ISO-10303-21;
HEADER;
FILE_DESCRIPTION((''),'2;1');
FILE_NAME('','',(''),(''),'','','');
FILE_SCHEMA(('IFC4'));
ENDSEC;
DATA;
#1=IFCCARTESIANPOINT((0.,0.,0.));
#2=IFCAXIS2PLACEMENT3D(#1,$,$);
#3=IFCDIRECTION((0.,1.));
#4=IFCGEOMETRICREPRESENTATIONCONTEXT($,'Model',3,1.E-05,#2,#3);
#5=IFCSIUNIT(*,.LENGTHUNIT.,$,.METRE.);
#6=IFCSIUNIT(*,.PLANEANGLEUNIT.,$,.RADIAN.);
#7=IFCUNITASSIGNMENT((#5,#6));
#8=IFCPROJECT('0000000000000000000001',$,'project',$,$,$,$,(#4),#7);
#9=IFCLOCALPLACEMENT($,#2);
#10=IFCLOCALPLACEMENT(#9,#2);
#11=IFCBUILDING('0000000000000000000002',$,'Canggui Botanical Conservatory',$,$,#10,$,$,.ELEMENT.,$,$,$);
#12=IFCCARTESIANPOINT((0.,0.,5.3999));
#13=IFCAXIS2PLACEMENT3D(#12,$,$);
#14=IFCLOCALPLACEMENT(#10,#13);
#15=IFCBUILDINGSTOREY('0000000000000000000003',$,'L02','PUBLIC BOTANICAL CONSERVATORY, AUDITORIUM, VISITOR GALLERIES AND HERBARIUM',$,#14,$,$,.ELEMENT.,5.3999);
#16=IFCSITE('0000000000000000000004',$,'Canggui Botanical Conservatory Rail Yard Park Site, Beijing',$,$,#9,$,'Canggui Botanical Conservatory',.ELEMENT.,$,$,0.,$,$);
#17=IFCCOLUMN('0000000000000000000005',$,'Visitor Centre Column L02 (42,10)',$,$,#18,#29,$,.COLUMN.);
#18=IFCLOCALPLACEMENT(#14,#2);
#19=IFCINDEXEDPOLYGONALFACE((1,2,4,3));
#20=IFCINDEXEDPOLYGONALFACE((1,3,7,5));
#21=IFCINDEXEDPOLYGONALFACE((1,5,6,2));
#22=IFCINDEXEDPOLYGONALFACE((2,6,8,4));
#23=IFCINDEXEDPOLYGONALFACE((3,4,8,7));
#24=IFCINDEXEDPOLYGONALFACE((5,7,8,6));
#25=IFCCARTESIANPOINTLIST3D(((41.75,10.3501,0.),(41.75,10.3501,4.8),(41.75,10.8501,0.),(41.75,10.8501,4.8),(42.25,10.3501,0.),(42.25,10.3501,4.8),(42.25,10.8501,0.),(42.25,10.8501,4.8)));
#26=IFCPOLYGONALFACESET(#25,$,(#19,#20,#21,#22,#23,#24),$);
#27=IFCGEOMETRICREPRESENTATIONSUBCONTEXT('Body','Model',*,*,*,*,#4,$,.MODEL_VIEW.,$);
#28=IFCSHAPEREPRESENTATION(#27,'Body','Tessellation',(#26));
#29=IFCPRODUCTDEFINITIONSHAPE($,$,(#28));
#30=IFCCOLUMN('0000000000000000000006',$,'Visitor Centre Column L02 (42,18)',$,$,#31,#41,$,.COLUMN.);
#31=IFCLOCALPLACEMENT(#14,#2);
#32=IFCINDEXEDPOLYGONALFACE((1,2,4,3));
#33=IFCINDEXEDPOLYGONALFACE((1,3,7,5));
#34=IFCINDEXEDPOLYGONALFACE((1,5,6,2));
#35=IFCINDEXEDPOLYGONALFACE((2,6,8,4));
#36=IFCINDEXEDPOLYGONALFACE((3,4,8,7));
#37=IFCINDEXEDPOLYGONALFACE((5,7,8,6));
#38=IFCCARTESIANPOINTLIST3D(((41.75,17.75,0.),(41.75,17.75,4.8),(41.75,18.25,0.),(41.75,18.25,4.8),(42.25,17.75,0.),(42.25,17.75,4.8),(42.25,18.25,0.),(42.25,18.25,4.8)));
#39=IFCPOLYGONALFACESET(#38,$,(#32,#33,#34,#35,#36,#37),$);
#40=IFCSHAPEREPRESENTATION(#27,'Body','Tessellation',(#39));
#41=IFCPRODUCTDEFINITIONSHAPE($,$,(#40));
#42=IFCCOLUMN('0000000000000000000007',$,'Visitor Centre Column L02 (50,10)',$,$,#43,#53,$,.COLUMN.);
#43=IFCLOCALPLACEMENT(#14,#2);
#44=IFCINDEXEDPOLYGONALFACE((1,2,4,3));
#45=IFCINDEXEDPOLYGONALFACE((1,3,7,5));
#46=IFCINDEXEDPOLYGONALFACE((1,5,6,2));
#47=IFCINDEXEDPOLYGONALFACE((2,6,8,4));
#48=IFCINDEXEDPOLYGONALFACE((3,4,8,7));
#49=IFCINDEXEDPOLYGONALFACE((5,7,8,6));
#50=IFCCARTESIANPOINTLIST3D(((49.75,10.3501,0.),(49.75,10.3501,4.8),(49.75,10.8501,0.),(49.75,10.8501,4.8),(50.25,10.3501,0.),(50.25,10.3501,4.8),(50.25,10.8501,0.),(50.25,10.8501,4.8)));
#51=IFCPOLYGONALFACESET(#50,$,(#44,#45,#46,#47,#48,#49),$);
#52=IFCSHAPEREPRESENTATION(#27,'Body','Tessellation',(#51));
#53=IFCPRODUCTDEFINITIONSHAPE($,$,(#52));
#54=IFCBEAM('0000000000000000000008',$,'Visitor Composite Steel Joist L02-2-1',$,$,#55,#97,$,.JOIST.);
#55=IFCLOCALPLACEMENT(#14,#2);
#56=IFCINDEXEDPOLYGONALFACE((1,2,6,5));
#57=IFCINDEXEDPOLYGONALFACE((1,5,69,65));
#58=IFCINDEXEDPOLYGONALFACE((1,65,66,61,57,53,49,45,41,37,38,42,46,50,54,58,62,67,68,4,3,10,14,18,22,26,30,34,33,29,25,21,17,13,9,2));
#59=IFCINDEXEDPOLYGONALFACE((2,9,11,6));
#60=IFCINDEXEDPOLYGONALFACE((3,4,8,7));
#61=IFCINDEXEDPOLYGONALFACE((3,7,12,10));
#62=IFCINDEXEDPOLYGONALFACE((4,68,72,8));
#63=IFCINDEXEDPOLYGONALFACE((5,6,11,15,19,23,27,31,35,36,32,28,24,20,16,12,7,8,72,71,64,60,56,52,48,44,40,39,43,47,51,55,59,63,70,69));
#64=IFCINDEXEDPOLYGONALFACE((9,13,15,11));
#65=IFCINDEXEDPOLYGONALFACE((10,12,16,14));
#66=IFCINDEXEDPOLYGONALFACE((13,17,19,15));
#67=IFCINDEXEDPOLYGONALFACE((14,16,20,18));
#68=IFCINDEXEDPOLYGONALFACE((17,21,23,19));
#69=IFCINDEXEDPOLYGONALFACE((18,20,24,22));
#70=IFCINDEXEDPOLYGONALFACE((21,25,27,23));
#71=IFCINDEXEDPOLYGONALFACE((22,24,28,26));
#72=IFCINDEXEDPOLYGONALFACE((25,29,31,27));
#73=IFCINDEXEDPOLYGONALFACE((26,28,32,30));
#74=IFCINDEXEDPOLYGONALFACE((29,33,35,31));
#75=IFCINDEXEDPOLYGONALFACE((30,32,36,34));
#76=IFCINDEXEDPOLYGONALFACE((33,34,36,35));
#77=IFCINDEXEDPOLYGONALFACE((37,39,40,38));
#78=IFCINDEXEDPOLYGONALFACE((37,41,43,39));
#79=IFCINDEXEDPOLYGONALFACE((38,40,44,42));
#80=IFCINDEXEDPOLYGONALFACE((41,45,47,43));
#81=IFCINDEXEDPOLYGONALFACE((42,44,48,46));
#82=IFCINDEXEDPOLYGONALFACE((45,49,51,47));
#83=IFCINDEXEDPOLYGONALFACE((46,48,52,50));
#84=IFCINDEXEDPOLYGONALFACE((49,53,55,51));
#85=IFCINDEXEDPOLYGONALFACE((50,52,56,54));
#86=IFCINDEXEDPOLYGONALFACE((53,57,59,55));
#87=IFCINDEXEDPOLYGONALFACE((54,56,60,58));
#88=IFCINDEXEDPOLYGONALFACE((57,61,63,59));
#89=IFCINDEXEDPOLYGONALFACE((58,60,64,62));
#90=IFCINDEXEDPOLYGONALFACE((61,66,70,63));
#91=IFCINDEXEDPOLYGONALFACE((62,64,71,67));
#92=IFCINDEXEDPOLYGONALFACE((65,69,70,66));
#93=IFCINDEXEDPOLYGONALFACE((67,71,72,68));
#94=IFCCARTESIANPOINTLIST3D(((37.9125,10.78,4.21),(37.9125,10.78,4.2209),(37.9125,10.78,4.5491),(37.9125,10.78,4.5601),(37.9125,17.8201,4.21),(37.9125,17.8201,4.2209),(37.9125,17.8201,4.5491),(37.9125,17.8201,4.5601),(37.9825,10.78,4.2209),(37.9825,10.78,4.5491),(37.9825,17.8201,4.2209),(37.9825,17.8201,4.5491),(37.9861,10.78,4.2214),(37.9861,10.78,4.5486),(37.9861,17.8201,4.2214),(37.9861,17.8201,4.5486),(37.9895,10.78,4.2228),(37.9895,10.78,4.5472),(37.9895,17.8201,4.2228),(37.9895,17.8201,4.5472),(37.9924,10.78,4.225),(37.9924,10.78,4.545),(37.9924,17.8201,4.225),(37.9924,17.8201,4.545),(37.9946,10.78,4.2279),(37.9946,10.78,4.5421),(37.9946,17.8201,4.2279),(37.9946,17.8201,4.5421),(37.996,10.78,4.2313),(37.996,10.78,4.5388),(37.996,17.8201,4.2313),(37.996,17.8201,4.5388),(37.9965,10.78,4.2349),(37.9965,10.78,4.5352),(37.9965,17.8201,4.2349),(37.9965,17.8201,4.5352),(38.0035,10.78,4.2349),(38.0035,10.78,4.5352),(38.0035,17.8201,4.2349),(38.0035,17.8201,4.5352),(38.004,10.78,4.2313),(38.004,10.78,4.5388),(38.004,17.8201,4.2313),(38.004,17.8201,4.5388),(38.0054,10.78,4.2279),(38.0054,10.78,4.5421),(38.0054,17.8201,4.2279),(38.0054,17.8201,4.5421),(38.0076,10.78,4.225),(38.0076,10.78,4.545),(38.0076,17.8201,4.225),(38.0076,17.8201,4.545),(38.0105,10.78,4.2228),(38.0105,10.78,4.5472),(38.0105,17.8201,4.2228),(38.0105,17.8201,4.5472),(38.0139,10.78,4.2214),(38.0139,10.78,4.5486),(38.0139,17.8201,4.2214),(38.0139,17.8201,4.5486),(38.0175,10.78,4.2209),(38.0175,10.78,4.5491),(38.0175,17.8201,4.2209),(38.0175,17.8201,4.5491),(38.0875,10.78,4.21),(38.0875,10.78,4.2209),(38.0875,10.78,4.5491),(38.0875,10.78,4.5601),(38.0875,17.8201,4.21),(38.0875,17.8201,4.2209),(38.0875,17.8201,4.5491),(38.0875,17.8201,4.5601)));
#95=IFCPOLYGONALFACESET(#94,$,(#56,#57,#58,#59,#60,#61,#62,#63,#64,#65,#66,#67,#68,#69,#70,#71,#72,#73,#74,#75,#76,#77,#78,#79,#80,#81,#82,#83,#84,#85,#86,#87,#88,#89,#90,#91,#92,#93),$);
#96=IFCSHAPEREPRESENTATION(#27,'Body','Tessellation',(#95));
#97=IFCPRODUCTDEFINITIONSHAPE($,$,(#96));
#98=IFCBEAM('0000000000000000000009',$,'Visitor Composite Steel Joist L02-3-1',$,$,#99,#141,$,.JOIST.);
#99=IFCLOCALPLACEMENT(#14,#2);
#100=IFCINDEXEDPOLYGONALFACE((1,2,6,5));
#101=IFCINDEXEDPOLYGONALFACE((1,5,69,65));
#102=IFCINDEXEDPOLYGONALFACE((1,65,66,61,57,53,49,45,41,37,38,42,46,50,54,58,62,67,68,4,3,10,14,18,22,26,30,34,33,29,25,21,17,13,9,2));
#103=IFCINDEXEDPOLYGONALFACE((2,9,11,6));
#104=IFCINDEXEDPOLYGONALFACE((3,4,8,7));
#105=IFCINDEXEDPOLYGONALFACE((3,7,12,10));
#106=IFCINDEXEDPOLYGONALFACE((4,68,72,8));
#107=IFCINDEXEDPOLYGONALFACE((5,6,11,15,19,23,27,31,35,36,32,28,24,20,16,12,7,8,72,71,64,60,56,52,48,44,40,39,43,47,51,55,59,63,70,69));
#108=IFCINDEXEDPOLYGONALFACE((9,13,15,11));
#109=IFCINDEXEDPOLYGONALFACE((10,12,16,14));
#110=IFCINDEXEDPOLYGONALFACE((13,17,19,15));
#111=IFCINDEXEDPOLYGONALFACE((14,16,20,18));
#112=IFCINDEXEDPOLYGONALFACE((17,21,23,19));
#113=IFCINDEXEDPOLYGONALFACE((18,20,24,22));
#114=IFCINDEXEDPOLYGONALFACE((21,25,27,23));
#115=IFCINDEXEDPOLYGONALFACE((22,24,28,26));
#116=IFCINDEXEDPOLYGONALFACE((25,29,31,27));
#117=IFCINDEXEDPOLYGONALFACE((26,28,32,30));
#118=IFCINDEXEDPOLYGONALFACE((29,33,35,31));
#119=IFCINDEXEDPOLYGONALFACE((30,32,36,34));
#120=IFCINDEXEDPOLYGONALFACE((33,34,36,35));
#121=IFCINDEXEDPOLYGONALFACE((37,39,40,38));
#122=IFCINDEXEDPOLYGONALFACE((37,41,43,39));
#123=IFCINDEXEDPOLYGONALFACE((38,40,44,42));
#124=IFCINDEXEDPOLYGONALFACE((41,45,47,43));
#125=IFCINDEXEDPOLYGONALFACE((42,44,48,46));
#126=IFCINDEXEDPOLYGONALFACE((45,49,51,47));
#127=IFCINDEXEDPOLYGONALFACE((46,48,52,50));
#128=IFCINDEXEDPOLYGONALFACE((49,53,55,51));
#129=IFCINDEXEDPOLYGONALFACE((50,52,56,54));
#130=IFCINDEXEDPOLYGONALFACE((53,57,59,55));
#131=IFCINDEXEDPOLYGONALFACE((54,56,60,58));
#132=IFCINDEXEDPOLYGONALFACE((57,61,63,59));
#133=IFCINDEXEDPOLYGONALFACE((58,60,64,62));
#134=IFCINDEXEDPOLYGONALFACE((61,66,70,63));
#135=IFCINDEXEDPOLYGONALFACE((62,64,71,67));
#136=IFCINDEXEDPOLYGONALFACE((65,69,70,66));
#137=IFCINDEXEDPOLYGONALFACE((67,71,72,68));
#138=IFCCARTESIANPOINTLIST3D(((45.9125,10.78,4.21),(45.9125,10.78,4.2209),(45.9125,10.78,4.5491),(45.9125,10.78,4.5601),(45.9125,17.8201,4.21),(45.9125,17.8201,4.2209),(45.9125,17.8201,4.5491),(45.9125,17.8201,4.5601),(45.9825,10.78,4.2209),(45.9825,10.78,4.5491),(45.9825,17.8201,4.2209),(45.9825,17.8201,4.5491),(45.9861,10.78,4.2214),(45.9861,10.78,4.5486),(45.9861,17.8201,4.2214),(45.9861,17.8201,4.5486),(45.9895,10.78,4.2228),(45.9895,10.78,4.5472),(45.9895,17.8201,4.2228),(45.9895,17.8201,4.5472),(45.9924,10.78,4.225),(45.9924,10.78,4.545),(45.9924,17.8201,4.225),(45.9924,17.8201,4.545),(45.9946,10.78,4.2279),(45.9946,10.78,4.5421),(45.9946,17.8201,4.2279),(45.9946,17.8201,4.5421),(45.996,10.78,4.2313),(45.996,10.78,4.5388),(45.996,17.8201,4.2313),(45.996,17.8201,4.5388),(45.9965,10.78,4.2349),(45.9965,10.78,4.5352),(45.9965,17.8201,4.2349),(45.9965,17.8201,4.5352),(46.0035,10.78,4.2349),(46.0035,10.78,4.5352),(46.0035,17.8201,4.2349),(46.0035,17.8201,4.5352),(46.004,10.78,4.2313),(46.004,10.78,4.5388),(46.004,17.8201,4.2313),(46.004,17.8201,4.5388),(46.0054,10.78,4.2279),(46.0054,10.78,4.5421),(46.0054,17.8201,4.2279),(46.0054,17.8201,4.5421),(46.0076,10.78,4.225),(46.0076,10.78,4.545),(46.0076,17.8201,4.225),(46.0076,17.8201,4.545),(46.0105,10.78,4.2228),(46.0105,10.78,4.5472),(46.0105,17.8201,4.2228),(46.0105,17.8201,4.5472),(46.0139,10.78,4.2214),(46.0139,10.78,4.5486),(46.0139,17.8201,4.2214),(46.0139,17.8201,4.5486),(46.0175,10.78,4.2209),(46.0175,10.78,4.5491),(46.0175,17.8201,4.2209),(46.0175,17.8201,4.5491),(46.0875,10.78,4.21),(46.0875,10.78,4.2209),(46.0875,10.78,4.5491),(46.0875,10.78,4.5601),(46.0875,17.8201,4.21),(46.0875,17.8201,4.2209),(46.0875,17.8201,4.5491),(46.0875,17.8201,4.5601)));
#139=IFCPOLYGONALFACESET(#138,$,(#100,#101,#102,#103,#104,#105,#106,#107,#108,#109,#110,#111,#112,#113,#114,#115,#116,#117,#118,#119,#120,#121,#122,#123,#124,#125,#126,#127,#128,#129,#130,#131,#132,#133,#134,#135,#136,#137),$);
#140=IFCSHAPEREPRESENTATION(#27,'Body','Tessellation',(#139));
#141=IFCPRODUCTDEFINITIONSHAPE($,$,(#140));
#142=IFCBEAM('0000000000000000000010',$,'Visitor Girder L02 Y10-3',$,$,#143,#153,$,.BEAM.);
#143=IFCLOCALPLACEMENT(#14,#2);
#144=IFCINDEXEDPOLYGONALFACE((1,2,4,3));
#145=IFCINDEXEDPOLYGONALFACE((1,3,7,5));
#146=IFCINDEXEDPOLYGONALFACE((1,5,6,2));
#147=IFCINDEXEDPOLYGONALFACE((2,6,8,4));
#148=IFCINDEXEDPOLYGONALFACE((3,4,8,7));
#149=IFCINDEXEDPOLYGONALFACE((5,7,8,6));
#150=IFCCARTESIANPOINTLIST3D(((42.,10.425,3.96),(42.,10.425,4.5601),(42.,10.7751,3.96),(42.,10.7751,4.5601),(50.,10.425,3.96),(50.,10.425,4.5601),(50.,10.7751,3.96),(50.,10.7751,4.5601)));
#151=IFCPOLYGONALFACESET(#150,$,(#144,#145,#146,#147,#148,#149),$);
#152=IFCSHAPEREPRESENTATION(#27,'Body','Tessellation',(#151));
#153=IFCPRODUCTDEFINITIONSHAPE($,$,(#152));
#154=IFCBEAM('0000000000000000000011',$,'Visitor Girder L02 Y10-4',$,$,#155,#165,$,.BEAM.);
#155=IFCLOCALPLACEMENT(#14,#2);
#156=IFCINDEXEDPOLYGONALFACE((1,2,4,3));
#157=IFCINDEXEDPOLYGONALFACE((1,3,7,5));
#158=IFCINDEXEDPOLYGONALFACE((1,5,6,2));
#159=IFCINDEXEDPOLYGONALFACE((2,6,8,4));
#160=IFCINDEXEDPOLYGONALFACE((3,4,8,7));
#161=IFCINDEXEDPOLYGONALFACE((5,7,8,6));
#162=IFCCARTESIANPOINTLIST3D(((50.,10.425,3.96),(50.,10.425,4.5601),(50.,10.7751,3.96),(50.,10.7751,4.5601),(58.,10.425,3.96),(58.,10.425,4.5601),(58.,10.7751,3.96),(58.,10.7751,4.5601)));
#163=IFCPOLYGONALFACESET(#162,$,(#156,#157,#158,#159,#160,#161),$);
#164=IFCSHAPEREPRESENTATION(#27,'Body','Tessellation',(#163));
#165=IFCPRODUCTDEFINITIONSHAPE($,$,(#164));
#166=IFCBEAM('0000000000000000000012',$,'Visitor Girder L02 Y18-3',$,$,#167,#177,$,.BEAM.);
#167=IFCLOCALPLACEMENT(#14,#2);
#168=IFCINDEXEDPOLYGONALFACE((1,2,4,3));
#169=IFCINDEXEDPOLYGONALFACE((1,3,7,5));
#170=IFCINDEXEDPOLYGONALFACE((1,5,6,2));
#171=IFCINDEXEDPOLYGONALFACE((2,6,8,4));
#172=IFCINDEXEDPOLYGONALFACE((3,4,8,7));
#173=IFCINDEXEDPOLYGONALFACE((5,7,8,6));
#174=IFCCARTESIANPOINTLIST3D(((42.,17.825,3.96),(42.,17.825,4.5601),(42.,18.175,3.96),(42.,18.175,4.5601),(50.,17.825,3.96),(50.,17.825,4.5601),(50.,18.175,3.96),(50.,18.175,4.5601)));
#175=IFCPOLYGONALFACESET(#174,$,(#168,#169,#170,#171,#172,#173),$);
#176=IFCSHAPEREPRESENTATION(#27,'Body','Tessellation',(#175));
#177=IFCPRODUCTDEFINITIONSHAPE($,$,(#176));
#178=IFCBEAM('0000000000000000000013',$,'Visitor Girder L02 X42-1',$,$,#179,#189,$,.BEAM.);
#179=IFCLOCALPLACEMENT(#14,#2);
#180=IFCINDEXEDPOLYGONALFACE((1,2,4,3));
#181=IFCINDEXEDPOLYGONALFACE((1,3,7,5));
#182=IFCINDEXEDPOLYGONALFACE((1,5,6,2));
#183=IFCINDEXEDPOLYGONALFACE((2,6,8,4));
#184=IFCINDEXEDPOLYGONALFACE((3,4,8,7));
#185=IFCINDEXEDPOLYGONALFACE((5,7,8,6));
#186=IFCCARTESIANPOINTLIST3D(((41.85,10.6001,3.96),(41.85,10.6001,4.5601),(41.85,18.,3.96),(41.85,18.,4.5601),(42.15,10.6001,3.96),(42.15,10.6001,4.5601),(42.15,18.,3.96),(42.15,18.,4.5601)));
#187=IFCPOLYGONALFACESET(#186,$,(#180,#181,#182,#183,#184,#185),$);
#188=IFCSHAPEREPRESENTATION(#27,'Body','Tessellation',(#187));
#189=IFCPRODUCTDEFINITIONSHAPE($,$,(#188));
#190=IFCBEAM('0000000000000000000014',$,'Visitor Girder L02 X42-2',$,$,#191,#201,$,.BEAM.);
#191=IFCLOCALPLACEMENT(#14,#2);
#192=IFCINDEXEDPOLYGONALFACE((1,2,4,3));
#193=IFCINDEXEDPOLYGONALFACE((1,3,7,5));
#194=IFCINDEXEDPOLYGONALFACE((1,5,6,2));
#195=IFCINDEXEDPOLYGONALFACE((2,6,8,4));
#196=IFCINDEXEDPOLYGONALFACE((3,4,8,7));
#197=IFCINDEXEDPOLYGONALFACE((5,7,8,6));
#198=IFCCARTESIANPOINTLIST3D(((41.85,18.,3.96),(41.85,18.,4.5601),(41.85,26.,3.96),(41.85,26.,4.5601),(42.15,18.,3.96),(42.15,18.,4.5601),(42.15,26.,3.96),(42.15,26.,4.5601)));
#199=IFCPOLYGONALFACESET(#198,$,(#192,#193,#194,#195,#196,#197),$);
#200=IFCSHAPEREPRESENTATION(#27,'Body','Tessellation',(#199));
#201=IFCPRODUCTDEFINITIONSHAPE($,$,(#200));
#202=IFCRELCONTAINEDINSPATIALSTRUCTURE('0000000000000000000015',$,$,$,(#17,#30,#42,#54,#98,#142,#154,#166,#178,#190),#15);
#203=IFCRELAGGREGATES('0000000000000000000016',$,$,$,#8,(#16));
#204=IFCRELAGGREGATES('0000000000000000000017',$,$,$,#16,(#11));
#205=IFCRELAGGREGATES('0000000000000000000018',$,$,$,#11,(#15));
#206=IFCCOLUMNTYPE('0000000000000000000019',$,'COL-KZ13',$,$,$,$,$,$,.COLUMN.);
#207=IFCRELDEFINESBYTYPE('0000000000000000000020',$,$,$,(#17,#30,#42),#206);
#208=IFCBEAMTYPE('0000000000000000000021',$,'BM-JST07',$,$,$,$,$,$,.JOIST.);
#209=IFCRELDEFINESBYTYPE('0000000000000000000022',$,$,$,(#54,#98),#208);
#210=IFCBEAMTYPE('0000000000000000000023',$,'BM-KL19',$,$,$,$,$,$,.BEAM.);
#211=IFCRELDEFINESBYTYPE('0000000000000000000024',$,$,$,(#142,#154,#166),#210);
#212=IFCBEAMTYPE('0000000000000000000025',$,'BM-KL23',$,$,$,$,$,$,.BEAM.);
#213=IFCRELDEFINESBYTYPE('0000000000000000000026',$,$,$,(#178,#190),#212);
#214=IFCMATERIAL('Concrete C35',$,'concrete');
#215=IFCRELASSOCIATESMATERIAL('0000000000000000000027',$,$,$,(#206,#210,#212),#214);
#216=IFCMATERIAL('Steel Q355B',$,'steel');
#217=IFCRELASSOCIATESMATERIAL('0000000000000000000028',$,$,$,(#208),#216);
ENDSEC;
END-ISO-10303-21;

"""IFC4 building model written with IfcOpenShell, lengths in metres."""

from ifc_helpers import new_model, si_unit, direction, frame, origin, origin_2d, place, context, subcontext, project, spatial, rectangle, i_section, extrude, material, material_profile, profile_set, type_object, element, save


model = new_model("IFC4")

# Units and contexts
model_context = context("Model", 3, precision=1e-05, world=origin(), true_north=direction((0.0, 1.0)))
body_context = subcontext(model_context, "Body", "Model", "MODEL_VIEW")
ifc_project = project(units=[si_unit("LENGTHUNIT", "METRE"), si_unit("PLANEANGLEUNIT", "RADIAN")], contexts=[model_context])

# Site, building, storey
site_placement = place(None, origin())
site = spatial("IfcSite", under=ifc_project, at=site_placement, Name="Canggui Botanical Conservatory Rail Yard Park Site, Beijing", LongName="Canggui Botanical Conservatory", CompositionType="ELEMENT", RefElevation=0.0)
building_placement = place(site_placement, origin())
building = spatial("IfcBuilding", under=site, at=building_placement, Name="Canggui Botanical Conservatory", CompositionType="ELEMENT")
storey_placement = place(building_placement, frame((0.0, 0.0, 5.3999)))
storey = spatial("IfcBuildingStorey", under=building, at=storey_placement, Name="L02", Description="PUBLIC BOTANICAL CONSERVATORY, AUDITORIUM, VISITOR GALLERIES AND HERBARIUM", CompositionType="ELEMENT", Elevation=5.3999)

# Columns
ifc_material_1 = material(Name="Concrete C35", Category="concrete")
ifc_material_profile_1 = material_profile(ifc_material_1, rectangle(XDim=0.5, YDim=0.5, at=origin_2d()), Name="RC 500x500")
ifc_profile_set_1 = profile_set([ifc_material_profile_1], Name="Concrete C35")
column_type = type_object("IfcColumnType", Name="COL-KZ13", PredefinedType="COLUMN", material=ifc_profile_set_1)
for number, where, z_axis, x_axis, name in (
    (1, (42.0, 10.6001, 0.0), (0.0, 0.0, 1.0), (1.0, 0.0, 0.0), "Visitor Centre Column L02 (42,10)"),
    (2, (42.0, 18.0, 0.0), (0.0, 0.0, 1.0), (1.0, 0.0, 0.0), "Visitor Centre Column L02 (42,18)"),
    (3, (50.0, 10.6001, 0.0), (0.0, 0.0, 1.0), (1.0, 0.0, 0.0), "Visitor Centre Column L02 (50,10)"),
):
    element("IfcColumn", number, at=place(storey_placement, frame(where, z_axis=z_axis, x_axis=x_axis)), inside=storey, type_object=column_type, Name=name, PredefinedType="COLUMN", context=body_context, shape_type="SweptSolid", body=[
        extrude(rectangle(XDim=0.5, YDim=0.5, at=origin_2d()), origin(), (0.0, 0.0, 1.0), 4.8),
    ])

# Beams
ifc_material_2 = material(Name="Steel Q355B", Category="steel")
ifc_material_profile_2 = material_profile(ifc_material_2, i_section(OverallWidth=0.175, OverallDepth=0.3501, WebThickness=0.0071, FlangeThickness=0.011, FilletRadius=0.0139, at=origin_2d()), Name="HN 350x175x7x11")
ifc_profile_set_2 = profile_set([ifc_material_profile_2], Name="Steel Q355B")
beam_type_1 = type_object("IfcBeamType", Name="BM-JST07", PredefinedType="JOIST", material=ifc_profile_set_2)
for number, where, z_axis, x_axis, name in (
    (4, (38.0, 10.78, 4.385), (0.0, 1.0, 0.0), (-1.0, 0.0, 0.0), "Visitor Composite Steel Joist L02-2-1"),
    (5, (46.0, 10.78, 4.385), (0.0, 1.0, 0.0), (-1.0, 0.0, 0.0), "Visitor Composite Steel Joist L02-3-1"),
):
    element("IfcBeam", number, at=place(storey_placement, frame(where, z_axis=z_axis, x_axis=x_axis)), inside=storey, type_object=beam_type_1, Name=name, PredefinedType="JOIST", context=body_context, shape_type="SweptSolid", body=[
        extrude(i_section(OverallWidth=0.175, OverallDepth=0.3501, WebThickness=0.0071, FlangeThickness=0.011, FilletRadius=0.0139, at=origin_2d()), origin(), (0.0, 0.0, 1.0), 7.04),
    ])
ifc_material_profile_3 = material_profile(ifc_material_1, rectangle(XDim=0.3501, YDim=0.6001, at=origin_2d()), Name="RB 350x600")
ifc_profile_set_3 = profile_set([ifc_material_profile_3], Name="Concrete C35")
beam_type_2 = type_object("IfcBeamType", Name="BM-KL19", PredefinedType="BEAM", material=ifc_profile_set_3)
for number, where, z_axis, x_axis, name in (
    (6, (42.0, 10.6001, 4.26), (1.0, 0.0, 0.0), (0.0, 1.0, 0.0), "Visitor Girder L02 Y10-3"),
    (7, (50.0, 10.6001, 4.26), (1.0, 0.0, 0.0), (0.0, 1.0, 0.0), "Visitor Girder L02 Y10-4"),
    (8, (42.0, 18.0, 4.26), (1.0, 0.0, 0.0), (0.0, 1.0, 0.0), "Visitor Girder L02 Y18-3"),
):
    element("IfcBeam", number, at=place(storey_placement, frame(where, z_axis=z_axis, x_axis=x_axis)), inside=storey, type_object=beam_type_2, Name=name, PredefinedType="BEAM", context=body_context, shape_type="SweptSolid", body=[
        extrude(rectangle(XDim=0.3501, YDim=0.6001, at=origin_2d()), origin(), (0.0, 0.0, 1.0), 8.0),
    ])
ifc_material_profile_4 = material_profile(ifc_material_1, rectangle(XDim=0.3, YDim=0.6001, at=origin_2d()), Name="RB 300x600")
ifc_profile_set_4 = profile_set([ifc_material_profile_4], Name="Concrete C35")
beam_type_3 = type_object("IfcBeamType", Name="BM-KL23", PredefinedType="BEAM", material=ifc_profile_set_4)
beam_1_placement = place(storey_placement, frame((42.0, 10.6001, 4.26), z_axis=(0.0, 1.0, 0.0), x_axis=(-1.0, 0.0, 0.0)))
element("IfcBeam", 9, at=beam_1_placement, inside=storey, type_object=beam_type_3, Name="Visitor Girder L02 X42-1", PredefinedType="BEAM", context=body_context, shape_type="SweptSolid", body=[
    extrude(rectangle(XDim=0.3, YDim=0.6001, at=origin_2d()), origin(), (0.0, 0.0, 1.0), 7.3999),
])
beam_2_placement = place(storey_placement, frame((42.0, 18.0, 4.26), z_axis=(0.0, 1.0, 0.0), x_axis=(-1.0, 0.0, 0.0)))
element("IfcBeam", 10, at=beam_2_placement, inside=storey, type_object=beam_type_3, Name="Visitor Girder L02 X42-2", PredefinedType="BEAM", context=body_context, shape_type="SweptSolid", body=[
    extrude(rectangle(XDim=0.3, YDim=0.6001, at=origin_2d()), origin(), (0.0, 0.0, 1.0), 8.0),
])

save(model, "model.ifc")
